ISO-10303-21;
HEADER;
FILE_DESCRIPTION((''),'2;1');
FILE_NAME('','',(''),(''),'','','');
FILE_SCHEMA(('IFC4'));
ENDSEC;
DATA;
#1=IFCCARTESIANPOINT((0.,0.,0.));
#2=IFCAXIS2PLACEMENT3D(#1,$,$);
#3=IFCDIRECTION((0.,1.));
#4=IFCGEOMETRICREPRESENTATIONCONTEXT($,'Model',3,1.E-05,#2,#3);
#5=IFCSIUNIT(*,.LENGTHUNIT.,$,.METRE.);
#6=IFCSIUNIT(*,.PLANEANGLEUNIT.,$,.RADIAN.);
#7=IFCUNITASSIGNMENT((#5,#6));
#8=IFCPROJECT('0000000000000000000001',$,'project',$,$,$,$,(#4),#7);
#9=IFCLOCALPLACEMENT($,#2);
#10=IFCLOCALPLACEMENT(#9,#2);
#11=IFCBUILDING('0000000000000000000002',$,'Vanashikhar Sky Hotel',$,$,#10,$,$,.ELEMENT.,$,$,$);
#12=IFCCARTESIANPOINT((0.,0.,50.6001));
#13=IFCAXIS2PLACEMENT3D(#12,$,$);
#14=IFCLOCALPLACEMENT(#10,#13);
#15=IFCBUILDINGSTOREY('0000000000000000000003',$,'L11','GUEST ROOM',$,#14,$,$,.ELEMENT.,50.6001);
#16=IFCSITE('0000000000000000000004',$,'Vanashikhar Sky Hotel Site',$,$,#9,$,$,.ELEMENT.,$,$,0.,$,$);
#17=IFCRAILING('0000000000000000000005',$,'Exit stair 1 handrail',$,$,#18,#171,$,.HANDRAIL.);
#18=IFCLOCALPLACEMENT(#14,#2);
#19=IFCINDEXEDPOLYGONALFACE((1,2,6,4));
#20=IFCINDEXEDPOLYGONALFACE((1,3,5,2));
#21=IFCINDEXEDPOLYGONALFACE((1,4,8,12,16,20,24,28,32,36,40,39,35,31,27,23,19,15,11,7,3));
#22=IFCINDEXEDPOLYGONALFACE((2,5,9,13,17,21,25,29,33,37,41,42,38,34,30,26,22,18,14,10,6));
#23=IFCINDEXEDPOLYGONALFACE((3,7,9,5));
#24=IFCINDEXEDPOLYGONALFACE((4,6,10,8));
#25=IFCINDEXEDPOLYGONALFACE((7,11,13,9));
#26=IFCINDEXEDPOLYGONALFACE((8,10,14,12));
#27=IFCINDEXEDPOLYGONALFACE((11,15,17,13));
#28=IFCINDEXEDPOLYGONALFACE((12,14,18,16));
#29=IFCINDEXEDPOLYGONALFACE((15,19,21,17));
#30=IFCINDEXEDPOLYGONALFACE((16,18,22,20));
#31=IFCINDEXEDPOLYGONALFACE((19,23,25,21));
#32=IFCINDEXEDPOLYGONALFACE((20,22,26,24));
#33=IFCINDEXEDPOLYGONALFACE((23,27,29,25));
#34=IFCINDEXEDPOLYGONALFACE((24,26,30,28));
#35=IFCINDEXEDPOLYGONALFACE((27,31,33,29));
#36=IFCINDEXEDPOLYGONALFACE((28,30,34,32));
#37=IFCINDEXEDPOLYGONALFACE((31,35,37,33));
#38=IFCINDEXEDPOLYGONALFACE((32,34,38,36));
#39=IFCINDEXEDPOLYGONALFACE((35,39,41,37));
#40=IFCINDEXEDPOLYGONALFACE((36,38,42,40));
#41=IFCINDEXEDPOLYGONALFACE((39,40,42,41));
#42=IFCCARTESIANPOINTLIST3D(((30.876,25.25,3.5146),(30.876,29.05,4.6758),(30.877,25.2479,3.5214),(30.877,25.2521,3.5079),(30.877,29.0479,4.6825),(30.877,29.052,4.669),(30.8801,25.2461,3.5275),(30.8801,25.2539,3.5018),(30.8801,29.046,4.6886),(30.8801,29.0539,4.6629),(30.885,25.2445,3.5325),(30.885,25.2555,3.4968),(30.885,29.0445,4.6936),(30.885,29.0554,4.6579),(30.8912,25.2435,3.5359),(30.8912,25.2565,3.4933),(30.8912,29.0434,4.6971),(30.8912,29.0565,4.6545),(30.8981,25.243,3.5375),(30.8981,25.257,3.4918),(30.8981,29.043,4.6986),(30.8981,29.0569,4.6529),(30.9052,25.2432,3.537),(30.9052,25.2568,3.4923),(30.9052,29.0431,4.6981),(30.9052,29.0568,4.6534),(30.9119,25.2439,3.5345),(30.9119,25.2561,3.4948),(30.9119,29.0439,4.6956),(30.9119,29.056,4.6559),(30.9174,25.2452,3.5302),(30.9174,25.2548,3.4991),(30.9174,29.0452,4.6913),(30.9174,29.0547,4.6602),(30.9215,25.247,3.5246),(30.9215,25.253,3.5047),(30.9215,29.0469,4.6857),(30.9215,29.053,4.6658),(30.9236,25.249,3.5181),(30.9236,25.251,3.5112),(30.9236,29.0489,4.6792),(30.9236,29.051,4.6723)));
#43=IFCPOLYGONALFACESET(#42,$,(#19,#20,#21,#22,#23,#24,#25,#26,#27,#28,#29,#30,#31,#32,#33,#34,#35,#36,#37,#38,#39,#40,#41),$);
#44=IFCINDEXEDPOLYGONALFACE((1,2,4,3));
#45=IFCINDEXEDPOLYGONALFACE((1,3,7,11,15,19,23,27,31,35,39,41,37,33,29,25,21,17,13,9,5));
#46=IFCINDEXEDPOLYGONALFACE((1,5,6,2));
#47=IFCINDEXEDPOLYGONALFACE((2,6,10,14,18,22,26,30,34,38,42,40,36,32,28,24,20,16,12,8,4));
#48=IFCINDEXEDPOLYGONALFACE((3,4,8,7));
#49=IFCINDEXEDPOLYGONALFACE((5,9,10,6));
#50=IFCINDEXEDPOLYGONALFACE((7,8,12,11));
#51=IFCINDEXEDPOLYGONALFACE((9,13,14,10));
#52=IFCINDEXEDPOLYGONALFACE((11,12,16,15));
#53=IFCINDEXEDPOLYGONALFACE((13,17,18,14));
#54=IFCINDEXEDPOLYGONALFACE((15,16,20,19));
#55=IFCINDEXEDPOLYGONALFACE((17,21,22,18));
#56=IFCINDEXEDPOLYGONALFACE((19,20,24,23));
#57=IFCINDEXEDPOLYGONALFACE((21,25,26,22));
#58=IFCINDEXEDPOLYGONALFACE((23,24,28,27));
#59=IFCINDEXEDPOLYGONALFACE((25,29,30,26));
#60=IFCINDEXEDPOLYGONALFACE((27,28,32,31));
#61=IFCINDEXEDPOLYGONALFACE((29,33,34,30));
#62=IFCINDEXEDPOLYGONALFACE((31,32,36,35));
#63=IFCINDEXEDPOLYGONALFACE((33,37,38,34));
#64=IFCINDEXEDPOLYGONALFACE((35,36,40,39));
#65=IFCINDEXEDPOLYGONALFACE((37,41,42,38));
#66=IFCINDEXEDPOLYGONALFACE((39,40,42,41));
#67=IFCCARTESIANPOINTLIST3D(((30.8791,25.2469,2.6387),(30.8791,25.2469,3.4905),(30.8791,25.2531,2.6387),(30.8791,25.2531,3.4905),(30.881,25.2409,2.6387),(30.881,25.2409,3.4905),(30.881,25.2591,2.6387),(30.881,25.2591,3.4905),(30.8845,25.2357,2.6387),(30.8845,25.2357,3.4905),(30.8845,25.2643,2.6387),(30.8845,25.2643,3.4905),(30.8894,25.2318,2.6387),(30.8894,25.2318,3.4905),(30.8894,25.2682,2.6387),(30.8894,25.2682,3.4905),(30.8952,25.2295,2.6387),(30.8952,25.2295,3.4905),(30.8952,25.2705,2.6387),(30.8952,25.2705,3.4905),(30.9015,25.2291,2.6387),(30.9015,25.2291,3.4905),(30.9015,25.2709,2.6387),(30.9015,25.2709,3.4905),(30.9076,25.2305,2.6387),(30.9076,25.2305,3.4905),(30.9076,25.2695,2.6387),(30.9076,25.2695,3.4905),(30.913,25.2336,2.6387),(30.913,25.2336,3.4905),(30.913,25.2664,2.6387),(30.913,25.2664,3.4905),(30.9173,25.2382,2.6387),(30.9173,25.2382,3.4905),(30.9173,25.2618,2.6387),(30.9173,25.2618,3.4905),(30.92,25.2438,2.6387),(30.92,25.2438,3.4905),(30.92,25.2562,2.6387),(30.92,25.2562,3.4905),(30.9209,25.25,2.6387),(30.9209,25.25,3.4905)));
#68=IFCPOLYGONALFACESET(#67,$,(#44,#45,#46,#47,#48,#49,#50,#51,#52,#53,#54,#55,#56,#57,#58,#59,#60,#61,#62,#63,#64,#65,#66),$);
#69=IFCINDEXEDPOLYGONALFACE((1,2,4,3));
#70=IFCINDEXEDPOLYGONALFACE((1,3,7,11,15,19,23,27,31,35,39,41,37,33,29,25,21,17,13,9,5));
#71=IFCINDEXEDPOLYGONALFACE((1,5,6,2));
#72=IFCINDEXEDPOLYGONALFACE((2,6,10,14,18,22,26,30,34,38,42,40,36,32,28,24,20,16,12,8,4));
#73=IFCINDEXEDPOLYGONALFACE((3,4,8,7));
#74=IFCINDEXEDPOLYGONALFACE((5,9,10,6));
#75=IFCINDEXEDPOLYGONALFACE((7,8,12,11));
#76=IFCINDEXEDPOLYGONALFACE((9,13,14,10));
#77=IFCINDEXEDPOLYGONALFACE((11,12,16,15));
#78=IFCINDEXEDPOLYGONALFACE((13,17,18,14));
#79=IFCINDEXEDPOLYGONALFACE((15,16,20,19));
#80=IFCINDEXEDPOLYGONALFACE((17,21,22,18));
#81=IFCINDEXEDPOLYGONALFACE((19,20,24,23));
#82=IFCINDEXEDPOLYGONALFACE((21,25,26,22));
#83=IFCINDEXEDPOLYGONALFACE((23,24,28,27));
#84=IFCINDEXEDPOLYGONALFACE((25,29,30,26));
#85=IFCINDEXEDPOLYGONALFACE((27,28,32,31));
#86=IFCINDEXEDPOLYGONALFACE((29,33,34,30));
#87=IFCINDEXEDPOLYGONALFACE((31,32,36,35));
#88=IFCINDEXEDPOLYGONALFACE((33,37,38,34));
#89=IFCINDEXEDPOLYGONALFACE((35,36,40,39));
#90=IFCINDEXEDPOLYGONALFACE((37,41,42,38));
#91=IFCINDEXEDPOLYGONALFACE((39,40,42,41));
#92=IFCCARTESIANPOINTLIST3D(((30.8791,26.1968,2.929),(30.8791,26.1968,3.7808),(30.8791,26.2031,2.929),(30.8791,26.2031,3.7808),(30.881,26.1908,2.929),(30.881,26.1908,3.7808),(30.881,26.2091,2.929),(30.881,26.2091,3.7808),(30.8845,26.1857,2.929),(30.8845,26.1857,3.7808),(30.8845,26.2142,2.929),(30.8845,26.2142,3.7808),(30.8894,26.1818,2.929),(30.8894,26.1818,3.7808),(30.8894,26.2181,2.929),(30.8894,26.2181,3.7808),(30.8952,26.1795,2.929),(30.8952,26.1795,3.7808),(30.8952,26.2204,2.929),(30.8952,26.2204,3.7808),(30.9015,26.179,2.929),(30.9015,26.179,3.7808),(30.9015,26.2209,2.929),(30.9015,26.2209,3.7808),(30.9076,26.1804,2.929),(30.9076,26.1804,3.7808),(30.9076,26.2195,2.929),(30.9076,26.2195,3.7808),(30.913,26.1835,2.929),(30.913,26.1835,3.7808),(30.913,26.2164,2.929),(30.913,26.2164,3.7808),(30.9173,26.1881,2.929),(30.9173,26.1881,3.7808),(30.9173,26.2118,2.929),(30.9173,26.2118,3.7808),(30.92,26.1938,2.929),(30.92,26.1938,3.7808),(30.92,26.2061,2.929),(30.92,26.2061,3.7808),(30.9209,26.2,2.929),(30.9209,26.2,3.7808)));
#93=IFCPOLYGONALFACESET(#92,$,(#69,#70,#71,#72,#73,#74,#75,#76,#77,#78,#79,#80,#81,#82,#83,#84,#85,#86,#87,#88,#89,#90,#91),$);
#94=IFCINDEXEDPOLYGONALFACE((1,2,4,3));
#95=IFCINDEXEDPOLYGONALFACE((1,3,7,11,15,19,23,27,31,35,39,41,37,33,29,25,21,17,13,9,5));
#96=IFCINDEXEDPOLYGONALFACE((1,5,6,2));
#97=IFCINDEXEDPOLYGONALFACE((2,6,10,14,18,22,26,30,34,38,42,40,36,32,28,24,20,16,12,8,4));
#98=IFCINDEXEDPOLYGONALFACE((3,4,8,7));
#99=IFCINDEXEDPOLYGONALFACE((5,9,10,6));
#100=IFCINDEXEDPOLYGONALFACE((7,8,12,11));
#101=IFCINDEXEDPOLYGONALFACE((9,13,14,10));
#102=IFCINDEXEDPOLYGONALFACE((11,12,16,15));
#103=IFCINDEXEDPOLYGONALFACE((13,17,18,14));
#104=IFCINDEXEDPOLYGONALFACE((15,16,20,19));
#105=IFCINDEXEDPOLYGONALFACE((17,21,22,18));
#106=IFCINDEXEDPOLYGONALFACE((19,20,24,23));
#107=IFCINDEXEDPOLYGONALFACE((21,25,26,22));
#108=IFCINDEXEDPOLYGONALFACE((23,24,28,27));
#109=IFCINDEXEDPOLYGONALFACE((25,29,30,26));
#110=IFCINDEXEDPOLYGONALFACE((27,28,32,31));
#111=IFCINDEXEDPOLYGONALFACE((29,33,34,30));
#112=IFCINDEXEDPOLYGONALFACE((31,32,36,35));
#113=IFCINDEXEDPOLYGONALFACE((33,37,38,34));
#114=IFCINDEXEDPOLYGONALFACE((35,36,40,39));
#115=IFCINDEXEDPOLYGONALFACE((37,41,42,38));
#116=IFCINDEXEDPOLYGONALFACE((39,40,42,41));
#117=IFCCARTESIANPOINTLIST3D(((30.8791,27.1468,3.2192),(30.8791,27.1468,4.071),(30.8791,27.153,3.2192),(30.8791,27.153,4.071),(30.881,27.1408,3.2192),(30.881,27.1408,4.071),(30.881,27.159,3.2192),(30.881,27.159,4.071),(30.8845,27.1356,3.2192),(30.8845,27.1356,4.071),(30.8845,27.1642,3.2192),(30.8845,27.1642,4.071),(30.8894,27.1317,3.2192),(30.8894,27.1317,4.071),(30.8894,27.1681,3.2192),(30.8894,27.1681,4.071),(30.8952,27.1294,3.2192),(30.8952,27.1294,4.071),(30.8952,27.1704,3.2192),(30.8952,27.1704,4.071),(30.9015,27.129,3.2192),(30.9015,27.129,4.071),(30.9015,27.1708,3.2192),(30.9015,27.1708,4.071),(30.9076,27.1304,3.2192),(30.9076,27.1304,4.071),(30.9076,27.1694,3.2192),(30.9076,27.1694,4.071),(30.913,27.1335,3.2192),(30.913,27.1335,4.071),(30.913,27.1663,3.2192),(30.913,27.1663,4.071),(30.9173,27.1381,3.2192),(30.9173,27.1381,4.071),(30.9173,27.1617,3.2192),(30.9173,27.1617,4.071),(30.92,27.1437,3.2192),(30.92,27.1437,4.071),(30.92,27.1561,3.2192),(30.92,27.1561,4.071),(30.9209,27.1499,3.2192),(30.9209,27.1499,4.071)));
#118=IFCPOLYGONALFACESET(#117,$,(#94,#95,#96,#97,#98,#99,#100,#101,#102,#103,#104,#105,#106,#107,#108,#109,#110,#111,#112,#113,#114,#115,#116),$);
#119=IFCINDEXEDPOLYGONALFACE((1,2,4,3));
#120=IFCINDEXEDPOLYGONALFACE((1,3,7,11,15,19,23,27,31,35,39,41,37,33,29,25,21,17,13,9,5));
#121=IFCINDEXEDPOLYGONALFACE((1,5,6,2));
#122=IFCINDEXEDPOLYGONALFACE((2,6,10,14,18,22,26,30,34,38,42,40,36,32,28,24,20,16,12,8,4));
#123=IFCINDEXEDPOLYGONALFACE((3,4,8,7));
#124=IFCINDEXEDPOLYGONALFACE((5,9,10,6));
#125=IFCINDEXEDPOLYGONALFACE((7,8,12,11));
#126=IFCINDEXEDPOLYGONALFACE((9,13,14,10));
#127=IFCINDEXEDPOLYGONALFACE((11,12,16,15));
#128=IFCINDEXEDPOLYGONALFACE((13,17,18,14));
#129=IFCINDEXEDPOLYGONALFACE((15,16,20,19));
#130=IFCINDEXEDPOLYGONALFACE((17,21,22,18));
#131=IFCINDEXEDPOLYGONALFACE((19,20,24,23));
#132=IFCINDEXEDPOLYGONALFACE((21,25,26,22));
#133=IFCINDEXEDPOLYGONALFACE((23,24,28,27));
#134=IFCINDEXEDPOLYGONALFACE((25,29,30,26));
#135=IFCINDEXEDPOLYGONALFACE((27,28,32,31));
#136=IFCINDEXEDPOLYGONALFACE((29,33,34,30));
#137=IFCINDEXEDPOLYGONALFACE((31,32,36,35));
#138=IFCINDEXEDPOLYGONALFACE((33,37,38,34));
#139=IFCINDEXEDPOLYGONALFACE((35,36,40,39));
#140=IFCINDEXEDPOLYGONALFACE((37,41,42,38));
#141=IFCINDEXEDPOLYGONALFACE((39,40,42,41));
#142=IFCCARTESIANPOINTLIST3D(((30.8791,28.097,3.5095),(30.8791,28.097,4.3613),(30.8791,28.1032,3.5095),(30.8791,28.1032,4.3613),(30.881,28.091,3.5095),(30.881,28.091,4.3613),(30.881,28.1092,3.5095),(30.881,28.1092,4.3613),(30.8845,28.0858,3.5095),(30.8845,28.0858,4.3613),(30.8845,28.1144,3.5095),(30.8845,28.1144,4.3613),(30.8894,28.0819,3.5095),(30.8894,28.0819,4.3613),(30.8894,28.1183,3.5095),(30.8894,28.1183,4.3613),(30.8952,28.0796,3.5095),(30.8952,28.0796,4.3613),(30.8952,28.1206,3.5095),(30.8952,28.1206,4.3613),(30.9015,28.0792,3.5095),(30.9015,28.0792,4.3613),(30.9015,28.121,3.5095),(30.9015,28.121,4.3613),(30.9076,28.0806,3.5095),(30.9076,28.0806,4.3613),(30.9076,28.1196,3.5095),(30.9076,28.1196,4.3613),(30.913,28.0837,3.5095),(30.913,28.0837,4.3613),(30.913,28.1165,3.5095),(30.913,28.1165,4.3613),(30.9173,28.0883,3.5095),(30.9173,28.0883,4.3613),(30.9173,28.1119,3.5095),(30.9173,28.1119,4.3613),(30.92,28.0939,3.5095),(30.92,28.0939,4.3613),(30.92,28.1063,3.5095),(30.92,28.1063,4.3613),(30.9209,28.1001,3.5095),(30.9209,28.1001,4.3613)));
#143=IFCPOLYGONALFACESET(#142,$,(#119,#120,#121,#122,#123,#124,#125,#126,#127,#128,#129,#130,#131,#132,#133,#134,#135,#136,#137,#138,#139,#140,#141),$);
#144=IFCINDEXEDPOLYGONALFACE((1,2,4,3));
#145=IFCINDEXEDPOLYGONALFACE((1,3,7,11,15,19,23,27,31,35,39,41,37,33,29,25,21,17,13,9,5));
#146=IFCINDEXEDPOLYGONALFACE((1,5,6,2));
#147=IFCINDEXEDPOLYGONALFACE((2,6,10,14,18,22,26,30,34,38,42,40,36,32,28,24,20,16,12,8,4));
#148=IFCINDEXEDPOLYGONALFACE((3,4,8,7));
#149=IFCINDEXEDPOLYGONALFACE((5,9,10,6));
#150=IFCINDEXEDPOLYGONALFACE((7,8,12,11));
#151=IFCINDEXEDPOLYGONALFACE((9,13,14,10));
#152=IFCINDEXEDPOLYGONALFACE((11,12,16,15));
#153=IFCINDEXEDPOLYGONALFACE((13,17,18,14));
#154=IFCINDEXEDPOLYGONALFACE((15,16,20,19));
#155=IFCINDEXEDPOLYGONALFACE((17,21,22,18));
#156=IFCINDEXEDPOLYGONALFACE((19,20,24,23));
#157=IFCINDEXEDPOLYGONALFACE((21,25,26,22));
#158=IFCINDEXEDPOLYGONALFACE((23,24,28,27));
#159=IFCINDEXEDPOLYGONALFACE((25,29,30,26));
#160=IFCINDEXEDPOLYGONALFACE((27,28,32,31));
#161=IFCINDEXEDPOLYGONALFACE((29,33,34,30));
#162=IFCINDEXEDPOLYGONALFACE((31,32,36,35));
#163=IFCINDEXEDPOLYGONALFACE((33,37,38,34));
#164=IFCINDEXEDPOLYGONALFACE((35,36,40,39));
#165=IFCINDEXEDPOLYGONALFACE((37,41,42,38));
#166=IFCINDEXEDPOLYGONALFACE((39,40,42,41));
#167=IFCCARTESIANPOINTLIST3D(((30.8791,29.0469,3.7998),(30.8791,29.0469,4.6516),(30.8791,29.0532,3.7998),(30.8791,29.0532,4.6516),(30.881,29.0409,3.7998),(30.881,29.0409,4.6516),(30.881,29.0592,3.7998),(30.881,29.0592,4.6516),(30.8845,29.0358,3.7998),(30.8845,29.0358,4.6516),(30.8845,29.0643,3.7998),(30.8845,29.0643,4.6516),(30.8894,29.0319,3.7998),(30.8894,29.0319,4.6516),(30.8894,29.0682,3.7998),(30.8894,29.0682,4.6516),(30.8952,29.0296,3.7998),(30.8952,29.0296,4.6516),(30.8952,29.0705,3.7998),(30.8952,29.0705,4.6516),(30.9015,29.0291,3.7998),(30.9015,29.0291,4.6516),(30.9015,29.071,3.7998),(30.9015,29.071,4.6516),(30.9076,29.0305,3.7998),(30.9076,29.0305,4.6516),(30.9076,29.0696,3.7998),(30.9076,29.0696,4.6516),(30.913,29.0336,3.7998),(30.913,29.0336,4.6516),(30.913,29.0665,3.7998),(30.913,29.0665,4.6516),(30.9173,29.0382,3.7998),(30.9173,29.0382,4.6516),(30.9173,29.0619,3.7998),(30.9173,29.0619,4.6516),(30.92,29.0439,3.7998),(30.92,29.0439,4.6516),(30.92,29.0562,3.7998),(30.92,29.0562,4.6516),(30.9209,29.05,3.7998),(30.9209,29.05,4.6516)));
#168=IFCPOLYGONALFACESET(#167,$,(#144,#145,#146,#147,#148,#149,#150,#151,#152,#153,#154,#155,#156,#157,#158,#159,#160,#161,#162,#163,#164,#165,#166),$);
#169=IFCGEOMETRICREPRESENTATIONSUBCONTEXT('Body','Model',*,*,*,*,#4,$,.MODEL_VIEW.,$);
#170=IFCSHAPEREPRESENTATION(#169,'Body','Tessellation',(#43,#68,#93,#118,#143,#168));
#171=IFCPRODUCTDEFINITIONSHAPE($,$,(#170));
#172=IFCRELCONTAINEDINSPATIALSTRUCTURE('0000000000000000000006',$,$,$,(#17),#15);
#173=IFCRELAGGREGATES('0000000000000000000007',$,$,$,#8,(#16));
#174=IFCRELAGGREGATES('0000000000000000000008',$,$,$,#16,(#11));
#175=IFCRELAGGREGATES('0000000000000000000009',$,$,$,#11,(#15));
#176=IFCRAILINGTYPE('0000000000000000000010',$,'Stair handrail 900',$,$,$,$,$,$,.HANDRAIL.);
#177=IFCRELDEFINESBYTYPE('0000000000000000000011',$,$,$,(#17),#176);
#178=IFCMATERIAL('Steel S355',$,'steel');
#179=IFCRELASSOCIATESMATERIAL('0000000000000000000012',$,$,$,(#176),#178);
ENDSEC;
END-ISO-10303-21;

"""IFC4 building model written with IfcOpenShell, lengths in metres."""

from ifc_helpers import new_model, si_unit, direction, frame, origin, origin_2d, place, context, subcontext, project, spatial, circle, extrude, source, transform, mapped, material, type_object, element, save


model = new_model("IFC4")

# Units and contexts
model_context = context("Model", 3, precision=1e-05, world=origin(), true_north=direction((0.0, 1.0)))
body_context = subcontext(model_context, "Body", "Model", "MODEL_VIEW")
ifc_project = project(units=[si_unit("LENGTHUNIT", "METRE"), si_unit("PLANEANGLEUNIT", "RADIAN")], contexts=[model_context])

# Site, building, storey
site_placement = place(None, origin())
site = spatial("IfcSite", under=ifc_project, at=site_placement, Name="Vanashikhar Sky Hotel Site", CompositionType="ELEMENT", RefElevation=0.0)
building_placement = place(site_placement, origin())
building = spatial("IfcBuilding", under=site, at=building_placement, Name="Vanashikhar Sky Hotel", CompositionType="ELEMENT")
storey_placement = place(building_placement, frame((0.0, 0.0, 50.6001)))
storey = spatial("IfcBuildingStorey", under=building, at=storey_placement, Name="L11", Description="GUEST ROOM", CompositionType="ELEMENT", Elevation=50.6001)

# Railing
ifc_material_1 = material(Name="Steel S355", Category="steel")
railing_type = type_object("IfcRailingType", Name="Stair handrail 900", PredefinedType="HANDRAIL", material=ifc_material_1)
shared_shape_1 = source(origin(), body_context, "Body", "SweptSolid", [
    extrude(circle(Radius=0.0239, at=origin_2d()), frame((0.0, 0.0, 0.876), z_axis=(0.0, 0.956351, 0.29222), x_axis=(-1.0, 0.0, 0.0)), (0.0, 0.0, 1.0), 3.9734),
    extrude(circle(Radius=0.021, at=origin_2d()), origin(), (0.0, 0.0, 1.0), 0.8518),
    extrude(circle(Radius=0.021, at=origin_2d()), frame((0.0, 0.95, 0.2903)), (0.0, 0.0, 1.0), 0.8518),
    extrude(circle(Radius=0.021, at=origin_2d()), frame((0.0, 1.8999, 0.5806)), (0.0, 0.0, 1.0), 0.8518),
    extrude(circle(Radius=0.021, at=origin_2d()), frame((0.0, 2.8501, 0.8708)), (0.0, 0.0, 1.0), 0.8518),
    extrude(circle(Radius=0.021, at=origin_2d()), frame((0.0, 3.8, 1.1611)), (0.0, 0.0, 1.0), 0.8518),
])
for number, where, name in (
    (1, (30.8999, 25.25, 2.6387), "Exit stair 1 handrail"),
):
    element("IfcRailing", number, at=place(storey_placement, frame(where)), inside=storey, type_object=railing_type, Name=name, PredefinedType="HANDRAIL", context=body_context, shape_type="MappedRepresentation", body=[
        mapped(shared_shape_1, transform((0.0, 0.0, 0.0), scale=1.0)),
    ])

save(model, "model.ifc")
